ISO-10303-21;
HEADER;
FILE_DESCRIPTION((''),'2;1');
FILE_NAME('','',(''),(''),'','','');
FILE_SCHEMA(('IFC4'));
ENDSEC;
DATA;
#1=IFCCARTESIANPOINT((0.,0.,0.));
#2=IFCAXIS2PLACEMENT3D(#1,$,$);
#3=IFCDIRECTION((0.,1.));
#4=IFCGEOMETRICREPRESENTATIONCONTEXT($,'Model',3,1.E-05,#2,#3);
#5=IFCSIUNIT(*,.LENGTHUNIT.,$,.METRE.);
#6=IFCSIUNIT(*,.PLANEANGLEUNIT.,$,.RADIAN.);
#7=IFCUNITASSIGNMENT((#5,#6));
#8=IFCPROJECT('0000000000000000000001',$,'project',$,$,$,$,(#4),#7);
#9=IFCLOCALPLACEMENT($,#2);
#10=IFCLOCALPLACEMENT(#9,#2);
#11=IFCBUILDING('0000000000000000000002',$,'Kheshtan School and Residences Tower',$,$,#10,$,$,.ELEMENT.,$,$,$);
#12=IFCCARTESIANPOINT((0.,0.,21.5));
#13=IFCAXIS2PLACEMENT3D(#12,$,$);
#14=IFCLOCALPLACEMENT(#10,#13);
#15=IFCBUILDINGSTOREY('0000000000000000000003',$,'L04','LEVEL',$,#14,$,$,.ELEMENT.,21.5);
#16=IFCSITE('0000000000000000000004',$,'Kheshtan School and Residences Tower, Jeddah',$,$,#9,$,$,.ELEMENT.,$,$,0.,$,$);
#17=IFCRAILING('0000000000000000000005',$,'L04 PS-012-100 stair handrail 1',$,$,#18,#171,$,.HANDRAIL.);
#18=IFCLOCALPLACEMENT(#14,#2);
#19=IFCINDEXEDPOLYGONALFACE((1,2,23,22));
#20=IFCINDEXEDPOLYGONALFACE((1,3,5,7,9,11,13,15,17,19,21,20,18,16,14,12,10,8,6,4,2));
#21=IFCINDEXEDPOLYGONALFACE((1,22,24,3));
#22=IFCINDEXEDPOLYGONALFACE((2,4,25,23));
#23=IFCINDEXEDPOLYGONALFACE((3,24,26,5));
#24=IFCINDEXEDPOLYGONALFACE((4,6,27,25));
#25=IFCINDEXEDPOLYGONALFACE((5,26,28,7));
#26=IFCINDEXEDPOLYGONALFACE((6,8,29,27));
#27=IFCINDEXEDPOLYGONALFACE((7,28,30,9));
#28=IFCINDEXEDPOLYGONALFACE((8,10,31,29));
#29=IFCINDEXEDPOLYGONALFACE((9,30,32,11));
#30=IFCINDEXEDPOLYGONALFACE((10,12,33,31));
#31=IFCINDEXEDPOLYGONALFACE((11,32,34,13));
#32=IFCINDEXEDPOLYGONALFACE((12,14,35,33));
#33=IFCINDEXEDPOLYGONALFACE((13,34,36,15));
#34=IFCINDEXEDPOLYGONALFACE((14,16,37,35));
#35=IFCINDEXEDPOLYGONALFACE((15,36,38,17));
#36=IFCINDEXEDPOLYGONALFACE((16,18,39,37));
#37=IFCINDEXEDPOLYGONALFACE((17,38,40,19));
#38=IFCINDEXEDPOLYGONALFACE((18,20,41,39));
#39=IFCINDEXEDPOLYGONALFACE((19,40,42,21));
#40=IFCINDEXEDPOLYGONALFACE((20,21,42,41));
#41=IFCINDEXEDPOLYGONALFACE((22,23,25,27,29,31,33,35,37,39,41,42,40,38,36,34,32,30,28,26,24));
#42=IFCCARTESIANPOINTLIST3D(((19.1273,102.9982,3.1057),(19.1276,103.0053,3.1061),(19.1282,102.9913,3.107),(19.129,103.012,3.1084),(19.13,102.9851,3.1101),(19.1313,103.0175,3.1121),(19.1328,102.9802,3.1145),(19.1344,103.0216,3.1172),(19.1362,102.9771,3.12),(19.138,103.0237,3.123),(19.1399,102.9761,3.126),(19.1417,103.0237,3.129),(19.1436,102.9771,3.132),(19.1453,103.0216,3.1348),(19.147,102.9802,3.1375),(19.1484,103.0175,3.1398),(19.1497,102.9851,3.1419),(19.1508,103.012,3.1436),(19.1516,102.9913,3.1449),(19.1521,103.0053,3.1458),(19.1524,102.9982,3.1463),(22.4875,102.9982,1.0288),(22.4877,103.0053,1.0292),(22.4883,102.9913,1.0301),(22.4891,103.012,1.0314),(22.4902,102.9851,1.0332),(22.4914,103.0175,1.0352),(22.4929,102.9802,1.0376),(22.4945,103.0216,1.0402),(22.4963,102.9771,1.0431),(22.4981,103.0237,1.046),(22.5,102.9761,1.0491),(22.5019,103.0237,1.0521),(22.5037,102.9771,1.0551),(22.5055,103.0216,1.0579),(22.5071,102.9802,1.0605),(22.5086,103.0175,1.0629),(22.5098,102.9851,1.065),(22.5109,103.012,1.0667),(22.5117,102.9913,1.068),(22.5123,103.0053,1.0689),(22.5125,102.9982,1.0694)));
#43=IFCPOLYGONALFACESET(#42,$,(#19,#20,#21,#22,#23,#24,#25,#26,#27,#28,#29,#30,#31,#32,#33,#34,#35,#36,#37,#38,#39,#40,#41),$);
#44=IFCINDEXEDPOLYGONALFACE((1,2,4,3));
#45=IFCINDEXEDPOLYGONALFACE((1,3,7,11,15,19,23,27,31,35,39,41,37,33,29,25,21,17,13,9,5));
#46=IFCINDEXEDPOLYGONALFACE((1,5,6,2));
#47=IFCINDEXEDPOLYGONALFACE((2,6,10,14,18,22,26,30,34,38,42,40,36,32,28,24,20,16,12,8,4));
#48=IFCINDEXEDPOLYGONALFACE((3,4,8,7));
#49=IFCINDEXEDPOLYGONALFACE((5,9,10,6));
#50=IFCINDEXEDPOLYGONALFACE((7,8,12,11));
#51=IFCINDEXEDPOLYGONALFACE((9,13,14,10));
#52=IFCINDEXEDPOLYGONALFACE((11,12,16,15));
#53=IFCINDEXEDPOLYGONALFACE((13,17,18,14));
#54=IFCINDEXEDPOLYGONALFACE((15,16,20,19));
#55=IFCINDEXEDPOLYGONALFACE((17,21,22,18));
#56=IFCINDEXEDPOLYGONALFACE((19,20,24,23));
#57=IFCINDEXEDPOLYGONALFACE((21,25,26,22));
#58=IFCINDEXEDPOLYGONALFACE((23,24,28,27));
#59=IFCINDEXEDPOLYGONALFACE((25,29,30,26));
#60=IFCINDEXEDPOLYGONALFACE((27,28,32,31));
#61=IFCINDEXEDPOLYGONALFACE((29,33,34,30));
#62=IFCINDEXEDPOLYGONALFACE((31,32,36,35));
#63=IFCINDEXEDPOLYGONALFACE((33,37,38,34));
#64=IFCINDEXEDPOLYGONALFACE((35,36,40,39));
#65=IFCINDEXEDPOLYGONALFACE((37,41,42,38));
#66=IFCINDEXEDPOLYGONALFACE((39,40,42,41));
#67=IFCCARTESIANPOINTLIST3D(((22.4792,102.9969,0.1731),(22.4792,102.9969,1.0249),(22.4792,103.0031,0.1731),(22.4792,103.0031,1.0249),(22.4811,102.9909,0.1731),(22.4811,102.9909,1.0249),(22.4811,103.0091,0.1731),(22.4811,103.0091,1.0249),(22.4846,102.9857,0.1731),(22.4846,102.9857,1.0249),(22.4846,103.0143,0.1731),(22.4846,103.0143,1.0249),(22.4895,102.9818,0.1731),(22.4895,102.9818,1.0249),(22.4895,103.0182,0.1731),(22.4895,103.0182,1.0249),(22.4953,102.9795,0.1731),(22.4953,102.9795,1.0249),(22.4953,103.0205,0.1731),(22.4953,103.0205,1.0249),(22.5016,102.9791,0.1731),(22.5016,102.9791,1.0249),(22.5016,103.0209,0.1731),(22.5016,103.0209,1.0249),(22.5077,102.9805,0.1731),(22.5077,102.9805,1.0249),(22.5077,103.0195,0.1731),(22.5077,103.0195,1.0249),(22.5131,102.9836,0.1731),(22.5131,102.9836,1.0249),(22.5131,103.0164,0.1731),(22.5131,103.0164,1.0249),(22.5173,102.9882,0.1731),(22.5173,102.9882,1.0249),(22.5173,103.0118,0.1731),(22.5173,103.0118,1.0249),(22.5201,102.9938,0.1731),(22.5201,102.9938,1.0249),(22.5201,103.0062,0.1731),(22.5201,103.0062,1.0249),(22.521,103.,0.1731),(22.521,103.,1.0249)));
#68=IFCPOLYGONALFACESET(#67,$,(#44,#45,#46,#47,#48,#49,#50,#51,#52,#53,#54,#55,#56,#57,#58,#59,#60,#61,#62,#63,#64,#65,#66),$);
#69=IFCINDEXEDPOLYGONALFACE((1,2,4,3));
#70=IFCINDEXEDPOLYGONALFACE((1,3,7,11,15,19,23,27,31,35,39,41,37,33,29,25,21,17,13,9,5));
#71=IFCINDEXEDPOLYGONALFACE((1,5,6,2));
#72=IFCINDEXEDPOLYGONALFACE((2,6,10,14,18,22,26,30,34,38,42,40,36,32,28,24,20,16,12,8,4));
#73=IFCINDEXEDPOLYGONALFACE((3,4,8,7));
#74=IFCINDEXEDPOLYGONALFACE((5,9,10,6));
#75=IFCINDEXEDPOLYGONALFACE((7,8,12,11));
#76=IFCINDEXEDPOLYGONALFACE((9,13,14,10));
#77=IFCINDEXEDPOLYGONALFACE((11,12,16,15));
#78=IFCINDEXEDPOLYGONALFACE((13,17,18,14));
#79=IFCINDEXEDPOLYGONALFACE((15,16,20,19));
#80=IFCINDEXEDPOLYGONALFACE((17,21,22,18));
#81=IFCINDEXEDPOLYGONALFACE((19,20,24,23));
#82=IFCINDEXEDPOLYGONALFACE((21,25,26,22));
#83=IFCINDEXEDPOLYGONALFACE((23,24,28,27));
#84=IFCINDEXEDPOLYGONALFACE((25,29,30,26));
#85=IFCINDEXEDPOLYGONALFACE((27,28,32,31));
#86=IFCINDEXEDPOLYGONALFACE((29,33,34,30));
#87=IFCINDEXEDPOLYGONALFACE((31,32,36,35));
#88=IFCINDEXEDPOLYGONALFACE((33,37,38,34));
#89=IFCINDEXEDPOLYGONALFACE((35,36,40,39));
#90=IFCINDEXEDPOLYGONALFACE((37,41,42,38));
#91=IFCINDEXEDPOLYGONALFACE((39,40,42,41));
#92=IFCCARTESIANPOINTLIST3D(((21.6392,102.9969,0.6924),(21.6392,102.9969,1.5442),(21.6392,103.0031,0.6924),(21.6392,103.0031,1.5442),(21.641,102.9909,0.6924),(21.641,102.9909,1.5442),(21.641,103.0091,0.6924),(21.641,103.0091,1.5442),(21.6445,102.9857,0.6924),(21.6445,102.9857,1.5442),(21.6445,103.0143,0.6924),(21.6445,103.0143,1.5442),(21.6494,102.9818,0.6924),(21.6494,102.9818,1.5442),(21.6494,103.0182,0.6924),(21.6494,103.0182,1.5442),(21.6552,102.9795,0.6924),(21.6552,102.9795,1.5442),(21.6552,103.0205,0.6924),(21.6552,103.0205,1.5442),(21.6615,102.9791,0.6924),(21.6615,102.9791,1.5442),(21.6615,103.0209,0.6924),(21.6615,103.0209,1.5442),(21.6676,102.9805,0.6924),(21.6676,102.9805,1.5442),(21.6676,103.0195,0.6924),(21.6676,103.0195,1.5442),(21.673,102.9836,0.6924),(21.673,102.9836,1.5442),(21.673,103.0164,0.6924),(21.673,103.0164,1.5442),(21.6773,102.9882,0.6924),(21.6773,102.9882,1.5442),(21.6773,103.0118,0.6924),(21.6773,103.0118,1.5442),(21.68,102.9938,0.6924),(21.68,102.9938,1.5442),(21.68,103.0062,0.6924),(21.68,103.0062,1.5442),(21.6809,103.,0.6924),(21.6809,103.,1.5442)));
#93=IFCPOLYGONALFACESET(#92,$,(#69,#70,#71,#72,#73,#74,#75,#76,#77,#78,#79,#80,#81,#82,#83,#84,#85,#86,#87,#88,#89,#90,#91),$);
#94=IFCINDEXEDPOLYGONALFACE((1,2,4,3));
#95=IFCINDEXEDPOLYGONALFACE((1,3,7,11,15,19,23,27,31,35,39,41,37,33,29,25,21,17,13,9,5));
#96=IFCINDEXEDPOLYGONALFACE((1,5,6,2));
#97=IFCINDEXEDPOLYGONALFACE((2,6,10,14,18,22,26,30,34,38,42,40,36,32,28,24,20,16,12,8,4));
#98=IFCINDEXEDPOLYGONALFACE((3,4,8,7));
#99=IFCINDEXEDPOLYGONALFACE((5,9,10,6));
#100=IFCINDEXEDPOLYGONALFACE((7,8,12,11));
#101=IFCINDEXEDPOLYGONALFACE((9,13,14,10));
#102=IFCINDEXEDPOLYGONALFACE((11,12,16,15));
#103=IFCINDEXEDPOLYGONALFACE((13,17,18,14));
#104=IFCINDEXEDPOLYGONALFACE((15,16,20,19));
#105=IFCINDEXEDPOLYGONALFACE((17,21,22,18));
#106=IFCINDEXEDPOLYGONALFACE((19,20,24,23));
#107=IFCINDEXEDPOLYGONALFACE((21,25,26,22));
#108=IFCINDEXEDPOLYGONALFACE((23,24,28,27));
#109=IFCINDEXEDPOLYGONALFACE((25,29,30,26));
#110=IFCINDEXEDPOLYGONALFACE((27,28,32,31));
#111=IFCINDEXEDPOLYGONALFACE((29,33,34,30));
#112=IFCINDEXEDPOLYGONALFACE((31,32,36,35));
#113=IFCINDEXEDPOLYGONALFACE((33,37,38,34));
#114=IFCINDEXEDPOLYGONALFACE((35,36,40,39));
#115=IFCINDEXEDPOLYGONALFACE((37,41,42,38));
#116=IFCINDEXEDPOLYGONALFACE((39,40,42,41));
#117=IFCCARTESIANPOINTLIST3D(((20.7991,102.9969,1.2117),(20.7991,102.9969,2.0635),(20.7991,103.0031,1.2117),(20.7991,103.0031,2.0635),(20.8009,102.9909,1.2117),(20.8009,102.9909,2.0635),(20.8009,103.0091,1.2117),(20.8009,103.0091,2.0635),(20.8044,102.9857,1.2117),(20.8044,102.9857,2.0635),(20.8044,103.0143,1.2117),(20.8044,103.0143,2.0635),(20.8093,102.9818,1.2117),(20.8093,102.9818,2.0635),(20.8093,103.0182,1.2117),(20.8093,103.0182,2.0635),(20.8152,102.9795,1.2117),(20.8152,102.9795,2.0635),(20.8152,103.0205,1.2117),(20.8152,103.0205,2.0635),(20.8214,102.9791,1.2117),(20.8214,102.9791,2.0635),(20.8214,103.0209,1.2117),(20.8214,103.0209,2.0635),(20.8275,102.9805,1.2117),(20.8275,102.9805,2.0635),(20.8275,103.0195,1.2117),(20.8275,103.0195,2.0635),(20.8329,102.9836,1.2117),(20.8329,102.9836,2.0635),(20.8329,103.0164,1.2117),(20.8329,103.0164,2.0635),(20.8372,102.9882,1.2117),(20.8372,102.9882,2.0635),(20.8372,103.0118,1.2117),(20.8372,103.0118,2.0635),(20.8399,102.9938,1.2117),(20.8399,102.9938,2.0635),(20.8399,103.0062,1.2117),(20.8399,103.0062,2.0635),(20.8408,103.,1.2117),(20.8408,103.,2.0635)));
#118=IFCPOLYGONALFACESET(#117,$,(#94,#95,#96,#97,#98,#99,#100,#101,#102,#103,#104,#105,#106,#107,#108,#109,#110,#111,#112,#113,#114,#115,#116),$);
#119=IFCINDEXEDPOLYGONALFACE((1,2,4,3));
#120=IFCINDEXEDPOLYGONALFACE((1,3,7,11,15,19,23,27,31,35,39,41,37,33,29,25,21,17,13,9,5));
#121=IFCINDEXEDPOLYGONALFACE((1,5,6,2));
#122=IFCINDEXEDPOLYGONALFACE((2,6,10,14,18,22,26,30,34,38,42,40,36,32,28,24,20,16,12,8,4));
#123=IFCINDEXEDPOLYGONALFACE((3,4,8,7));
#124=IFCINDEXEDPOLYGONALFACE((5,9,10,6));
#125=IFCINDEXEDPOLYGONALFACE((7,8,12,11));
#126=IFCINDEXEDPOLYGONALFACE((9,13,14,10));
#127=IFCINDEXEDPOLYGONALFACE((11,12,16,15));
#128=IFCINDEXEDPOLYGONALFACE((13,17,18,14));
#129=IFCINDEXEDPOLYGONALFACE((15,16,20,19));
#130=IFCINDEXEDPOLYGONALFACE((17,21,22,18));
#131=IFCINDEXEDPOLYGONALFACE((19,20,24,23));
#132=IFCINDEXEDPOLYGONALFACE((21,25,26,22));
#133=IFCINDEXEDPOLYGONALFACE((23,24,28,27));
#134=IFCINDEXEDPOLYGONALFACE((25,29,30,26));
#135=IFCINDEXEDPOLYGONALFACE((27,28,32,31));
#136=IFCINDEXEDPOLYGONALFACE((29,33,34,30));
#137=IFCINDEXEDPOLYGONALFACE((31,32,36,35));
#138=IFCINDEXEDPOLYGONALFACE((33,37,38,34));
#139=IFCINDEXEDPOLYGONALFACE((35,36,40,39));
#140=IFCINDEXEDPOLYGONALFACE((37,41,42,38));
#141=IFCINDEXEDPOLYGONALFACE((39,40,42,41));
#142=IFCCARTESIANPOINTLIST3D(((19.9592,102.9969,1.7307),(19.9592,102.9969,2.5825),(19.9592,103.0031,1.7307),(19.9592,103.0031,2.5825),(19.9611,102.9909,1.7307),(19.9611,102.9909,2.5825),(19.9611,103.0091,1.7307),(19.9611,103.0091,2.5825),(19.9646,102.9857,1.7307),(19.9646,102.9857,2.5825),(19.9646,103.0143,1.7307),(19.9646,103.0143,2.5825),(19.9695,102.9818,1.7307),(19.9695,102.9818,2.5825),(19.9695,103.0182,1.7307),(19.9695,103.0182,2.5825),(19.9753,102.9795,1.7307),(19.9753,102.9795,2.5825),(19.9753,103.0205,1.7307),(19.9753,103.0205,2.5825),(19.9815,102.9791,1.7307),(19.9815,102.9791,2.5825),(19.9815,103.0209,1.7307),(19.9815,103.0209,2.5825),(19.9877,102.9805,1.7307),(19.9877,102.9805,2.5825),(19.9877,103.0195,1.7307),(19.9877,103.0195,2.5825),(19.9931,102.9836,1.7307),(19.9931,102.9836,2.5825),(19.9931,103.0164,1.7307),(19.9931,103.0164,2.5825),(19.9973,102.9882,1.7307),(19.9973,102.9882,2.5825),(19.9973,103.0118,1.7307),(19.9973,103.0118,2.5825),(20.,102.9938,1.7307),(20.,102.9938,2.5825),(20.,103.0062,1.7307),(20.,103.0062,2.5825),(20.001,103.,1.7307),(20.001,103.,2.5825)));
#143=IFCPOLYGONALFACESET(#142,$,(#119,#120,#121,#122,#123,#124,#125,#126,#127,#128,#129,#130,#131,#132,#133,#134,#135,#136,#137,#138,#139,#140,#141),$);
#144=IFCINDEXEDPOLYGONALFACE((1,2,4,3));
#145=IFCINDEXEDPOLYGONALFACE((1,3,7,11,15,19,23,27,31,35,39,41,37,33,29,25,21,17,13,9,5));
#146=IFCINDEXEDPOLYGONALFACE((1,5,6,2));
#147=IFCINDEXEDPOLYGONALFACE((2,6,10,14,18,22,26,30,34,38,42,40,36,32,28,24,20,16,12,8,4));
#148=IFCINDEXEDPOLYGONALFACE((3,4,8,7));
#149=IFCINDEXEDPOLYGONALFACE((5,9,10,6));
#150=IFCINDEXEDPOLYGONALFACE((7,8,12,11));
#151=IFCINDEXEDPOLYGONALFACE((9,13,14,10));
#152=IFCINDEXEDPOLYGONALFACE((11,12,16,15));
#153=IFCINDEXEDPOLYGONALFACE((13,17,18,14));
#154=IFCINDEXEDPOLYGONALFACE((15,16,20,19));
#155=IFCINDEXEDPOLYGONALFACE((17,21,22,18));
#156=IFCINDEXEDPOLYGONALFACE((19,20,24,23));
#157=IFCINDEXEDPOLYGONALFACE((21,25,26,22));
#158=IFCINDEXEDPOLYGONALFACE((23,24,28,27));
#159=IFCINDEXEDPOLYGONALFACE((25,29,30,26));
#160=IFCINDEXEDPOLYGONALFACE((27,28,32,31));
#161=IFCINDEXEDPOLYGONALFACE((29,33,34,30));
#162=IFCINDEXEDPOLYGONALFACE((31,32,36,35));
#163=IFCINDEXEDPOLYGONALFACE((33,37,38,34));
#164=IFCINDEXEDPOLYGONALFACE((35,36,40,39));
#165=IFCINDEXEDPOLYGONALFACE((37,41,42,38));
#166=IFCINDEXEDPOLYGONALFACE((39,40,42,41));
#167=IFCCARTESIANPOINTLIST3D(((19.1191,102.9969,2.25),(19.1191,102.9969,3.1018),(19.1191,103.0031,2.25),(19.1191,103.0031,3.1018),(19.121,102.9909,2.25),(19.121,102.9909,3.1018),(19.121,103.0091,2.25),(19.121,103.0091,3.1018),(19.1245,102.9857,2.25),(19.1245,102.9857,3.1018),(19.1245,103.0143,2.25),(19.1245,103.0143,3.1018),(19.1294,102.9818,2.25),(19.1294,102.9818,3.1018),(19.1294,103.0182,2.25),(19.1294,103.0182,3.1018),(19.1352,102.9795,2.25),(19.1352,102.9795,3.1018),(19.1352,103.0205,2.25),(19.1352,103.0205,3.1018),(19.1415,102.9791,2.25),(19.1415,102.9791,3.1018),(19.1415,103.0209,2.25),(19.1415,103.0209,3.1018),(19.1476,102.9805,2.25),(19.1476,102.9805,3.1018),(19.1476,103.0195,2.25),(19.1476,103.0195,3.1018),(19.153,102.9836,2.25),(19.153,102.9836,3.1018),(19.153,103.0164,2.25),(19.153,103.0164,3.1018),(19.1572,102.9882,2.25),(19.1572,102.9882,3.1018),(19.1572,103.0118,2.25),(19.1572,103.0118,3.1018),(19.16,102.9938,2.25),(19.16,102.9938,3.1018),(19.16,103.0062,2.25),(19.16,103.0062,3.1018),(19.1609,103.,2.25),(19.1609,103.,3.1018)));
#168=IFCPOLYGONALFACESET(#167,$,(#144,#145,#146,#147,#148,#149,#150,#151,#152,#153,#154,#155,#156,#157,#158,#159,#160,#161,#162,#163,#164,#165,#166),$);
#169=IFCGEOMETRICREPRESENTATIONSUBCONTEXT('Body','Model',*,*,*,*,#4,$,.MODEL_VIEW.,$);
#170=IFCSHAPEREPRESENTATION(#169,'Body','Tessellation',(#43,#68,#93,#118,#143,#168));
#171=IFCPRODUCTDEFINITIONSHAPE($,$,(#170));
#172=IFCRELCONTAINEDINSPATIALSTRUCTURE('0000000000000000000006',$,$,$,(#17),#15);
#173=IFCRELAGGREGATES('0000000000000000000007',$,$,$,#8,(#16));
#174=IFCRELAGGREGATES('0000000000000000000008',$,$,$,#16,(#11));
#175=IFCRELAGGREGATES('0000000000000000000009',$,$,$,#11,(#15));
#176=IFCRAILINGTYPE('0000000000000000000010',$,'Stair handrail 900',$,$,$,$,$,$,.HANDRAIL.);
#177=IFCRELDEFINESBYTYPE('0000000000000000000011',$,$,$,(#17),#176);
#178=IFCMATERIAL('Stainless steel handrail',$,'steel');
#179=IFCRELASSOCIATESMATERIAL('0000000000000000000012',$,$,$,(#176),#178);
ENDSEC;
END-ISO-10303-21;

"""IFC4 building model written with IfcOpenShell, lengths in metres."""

from ifc_helpers import new_model, si_unit, direction, frame, origin, origin_2d, place, context, subcontext, project, spatial, circle, extrude, material, type_object, element, save


model = new_model("IFC4")

# Units and contexts
model_context = context("Model", 3, precision=1e-05, world=origin(), true_north=direction((0.0, 1.0)))
body_context = subcontext(model_context, "Body", "Model", "MODEL_VIEW")
ifc_project = project(units=[si_unit("LENGTHUNIT", "METRE"), si_unit("PLANEANGLEUNIT", "RADIAN")], contexts=[model_context])

# Site, building, storey
site_placement = place(None, origin())
site = spatial("IfcSite", under=ifc_project, at=site_placement, Name="Kheshtan School and Residences Tower, Jeddah", CompositionType="ELEMENT", RefElevation=0.0)
building_placement = place(site_placement, origin())
building = spatial("IfcBuilding", under=site, at=building_placement, Name="Kheshtan School and Residences Tower", CompositionType="ELEMENT")
storey_placement = place(building_placement, frame((0.0, 0.0, 21.5)))
storey = spatial("IfcBuildingStorey", under=building, at=storey_placement, Name="L04", Description="LEVEL", CompositionType="ELEMENT", Elevation=21.5)

# Railing
ifc_material_1 = material(Name="Stainless steel handrail", Category="steel")
railing_type_1 = type_object("IfcRailingType", Name="Stair handrail 900", PredefinedType="HANDRAIL", material=ifc_material_1)
railing_1_placement = place(storey_placement, frame((22.5, 103.0, 0.1731)))
element("IfcRailing", 1, at=railing_1_placement, inside=storey, type_object=railing_type_1, Name="L04 PS-012-100 stair handrail 1", PredefinedType="HANDRAIL", context=body_context, shape_type="SweptSolid", body=[
    extrude(circle(Radius=0.0239, at=origin_2d()), frame((0.0, 0.0, 0.876), z_axis=(-0.850623, 0.0, 0.525776), x_axis=(0.0, -1.0, 0.0)), (0.0, 0.0, 1.0), 3.9502),
    extrude(circle(Radius=0.021, at=origin_2d()), origin(), (0.0, 0.0, 1.0), 0.8518),
    extrude(circle(Radius=0.021, at=origin_2d()), frame((-0.8401, 0.0, 0.5193)), (0.0, 0.0, 1.0), 0.8518),
    extrude(circle(Radius=0.021, at=origin_2d()), frame((-1.6802, 0.0, 1.0386)), (0.0, 0.0, 1.0), 0.8518),
    extrude(circle(Radius=0.021, at=origin_2d()), frame((-2.52, 0.0, 1.5576)), (0.0, 0.0, 1.0), 0.8518),
    extrude(circle(Radius=0.021, at=origin_2d()), frame((-3.3601, 0.0, 2.0769)), (0.0, 0.0, 1.0), 0.8518),
])

save(model, "model.ifc")
